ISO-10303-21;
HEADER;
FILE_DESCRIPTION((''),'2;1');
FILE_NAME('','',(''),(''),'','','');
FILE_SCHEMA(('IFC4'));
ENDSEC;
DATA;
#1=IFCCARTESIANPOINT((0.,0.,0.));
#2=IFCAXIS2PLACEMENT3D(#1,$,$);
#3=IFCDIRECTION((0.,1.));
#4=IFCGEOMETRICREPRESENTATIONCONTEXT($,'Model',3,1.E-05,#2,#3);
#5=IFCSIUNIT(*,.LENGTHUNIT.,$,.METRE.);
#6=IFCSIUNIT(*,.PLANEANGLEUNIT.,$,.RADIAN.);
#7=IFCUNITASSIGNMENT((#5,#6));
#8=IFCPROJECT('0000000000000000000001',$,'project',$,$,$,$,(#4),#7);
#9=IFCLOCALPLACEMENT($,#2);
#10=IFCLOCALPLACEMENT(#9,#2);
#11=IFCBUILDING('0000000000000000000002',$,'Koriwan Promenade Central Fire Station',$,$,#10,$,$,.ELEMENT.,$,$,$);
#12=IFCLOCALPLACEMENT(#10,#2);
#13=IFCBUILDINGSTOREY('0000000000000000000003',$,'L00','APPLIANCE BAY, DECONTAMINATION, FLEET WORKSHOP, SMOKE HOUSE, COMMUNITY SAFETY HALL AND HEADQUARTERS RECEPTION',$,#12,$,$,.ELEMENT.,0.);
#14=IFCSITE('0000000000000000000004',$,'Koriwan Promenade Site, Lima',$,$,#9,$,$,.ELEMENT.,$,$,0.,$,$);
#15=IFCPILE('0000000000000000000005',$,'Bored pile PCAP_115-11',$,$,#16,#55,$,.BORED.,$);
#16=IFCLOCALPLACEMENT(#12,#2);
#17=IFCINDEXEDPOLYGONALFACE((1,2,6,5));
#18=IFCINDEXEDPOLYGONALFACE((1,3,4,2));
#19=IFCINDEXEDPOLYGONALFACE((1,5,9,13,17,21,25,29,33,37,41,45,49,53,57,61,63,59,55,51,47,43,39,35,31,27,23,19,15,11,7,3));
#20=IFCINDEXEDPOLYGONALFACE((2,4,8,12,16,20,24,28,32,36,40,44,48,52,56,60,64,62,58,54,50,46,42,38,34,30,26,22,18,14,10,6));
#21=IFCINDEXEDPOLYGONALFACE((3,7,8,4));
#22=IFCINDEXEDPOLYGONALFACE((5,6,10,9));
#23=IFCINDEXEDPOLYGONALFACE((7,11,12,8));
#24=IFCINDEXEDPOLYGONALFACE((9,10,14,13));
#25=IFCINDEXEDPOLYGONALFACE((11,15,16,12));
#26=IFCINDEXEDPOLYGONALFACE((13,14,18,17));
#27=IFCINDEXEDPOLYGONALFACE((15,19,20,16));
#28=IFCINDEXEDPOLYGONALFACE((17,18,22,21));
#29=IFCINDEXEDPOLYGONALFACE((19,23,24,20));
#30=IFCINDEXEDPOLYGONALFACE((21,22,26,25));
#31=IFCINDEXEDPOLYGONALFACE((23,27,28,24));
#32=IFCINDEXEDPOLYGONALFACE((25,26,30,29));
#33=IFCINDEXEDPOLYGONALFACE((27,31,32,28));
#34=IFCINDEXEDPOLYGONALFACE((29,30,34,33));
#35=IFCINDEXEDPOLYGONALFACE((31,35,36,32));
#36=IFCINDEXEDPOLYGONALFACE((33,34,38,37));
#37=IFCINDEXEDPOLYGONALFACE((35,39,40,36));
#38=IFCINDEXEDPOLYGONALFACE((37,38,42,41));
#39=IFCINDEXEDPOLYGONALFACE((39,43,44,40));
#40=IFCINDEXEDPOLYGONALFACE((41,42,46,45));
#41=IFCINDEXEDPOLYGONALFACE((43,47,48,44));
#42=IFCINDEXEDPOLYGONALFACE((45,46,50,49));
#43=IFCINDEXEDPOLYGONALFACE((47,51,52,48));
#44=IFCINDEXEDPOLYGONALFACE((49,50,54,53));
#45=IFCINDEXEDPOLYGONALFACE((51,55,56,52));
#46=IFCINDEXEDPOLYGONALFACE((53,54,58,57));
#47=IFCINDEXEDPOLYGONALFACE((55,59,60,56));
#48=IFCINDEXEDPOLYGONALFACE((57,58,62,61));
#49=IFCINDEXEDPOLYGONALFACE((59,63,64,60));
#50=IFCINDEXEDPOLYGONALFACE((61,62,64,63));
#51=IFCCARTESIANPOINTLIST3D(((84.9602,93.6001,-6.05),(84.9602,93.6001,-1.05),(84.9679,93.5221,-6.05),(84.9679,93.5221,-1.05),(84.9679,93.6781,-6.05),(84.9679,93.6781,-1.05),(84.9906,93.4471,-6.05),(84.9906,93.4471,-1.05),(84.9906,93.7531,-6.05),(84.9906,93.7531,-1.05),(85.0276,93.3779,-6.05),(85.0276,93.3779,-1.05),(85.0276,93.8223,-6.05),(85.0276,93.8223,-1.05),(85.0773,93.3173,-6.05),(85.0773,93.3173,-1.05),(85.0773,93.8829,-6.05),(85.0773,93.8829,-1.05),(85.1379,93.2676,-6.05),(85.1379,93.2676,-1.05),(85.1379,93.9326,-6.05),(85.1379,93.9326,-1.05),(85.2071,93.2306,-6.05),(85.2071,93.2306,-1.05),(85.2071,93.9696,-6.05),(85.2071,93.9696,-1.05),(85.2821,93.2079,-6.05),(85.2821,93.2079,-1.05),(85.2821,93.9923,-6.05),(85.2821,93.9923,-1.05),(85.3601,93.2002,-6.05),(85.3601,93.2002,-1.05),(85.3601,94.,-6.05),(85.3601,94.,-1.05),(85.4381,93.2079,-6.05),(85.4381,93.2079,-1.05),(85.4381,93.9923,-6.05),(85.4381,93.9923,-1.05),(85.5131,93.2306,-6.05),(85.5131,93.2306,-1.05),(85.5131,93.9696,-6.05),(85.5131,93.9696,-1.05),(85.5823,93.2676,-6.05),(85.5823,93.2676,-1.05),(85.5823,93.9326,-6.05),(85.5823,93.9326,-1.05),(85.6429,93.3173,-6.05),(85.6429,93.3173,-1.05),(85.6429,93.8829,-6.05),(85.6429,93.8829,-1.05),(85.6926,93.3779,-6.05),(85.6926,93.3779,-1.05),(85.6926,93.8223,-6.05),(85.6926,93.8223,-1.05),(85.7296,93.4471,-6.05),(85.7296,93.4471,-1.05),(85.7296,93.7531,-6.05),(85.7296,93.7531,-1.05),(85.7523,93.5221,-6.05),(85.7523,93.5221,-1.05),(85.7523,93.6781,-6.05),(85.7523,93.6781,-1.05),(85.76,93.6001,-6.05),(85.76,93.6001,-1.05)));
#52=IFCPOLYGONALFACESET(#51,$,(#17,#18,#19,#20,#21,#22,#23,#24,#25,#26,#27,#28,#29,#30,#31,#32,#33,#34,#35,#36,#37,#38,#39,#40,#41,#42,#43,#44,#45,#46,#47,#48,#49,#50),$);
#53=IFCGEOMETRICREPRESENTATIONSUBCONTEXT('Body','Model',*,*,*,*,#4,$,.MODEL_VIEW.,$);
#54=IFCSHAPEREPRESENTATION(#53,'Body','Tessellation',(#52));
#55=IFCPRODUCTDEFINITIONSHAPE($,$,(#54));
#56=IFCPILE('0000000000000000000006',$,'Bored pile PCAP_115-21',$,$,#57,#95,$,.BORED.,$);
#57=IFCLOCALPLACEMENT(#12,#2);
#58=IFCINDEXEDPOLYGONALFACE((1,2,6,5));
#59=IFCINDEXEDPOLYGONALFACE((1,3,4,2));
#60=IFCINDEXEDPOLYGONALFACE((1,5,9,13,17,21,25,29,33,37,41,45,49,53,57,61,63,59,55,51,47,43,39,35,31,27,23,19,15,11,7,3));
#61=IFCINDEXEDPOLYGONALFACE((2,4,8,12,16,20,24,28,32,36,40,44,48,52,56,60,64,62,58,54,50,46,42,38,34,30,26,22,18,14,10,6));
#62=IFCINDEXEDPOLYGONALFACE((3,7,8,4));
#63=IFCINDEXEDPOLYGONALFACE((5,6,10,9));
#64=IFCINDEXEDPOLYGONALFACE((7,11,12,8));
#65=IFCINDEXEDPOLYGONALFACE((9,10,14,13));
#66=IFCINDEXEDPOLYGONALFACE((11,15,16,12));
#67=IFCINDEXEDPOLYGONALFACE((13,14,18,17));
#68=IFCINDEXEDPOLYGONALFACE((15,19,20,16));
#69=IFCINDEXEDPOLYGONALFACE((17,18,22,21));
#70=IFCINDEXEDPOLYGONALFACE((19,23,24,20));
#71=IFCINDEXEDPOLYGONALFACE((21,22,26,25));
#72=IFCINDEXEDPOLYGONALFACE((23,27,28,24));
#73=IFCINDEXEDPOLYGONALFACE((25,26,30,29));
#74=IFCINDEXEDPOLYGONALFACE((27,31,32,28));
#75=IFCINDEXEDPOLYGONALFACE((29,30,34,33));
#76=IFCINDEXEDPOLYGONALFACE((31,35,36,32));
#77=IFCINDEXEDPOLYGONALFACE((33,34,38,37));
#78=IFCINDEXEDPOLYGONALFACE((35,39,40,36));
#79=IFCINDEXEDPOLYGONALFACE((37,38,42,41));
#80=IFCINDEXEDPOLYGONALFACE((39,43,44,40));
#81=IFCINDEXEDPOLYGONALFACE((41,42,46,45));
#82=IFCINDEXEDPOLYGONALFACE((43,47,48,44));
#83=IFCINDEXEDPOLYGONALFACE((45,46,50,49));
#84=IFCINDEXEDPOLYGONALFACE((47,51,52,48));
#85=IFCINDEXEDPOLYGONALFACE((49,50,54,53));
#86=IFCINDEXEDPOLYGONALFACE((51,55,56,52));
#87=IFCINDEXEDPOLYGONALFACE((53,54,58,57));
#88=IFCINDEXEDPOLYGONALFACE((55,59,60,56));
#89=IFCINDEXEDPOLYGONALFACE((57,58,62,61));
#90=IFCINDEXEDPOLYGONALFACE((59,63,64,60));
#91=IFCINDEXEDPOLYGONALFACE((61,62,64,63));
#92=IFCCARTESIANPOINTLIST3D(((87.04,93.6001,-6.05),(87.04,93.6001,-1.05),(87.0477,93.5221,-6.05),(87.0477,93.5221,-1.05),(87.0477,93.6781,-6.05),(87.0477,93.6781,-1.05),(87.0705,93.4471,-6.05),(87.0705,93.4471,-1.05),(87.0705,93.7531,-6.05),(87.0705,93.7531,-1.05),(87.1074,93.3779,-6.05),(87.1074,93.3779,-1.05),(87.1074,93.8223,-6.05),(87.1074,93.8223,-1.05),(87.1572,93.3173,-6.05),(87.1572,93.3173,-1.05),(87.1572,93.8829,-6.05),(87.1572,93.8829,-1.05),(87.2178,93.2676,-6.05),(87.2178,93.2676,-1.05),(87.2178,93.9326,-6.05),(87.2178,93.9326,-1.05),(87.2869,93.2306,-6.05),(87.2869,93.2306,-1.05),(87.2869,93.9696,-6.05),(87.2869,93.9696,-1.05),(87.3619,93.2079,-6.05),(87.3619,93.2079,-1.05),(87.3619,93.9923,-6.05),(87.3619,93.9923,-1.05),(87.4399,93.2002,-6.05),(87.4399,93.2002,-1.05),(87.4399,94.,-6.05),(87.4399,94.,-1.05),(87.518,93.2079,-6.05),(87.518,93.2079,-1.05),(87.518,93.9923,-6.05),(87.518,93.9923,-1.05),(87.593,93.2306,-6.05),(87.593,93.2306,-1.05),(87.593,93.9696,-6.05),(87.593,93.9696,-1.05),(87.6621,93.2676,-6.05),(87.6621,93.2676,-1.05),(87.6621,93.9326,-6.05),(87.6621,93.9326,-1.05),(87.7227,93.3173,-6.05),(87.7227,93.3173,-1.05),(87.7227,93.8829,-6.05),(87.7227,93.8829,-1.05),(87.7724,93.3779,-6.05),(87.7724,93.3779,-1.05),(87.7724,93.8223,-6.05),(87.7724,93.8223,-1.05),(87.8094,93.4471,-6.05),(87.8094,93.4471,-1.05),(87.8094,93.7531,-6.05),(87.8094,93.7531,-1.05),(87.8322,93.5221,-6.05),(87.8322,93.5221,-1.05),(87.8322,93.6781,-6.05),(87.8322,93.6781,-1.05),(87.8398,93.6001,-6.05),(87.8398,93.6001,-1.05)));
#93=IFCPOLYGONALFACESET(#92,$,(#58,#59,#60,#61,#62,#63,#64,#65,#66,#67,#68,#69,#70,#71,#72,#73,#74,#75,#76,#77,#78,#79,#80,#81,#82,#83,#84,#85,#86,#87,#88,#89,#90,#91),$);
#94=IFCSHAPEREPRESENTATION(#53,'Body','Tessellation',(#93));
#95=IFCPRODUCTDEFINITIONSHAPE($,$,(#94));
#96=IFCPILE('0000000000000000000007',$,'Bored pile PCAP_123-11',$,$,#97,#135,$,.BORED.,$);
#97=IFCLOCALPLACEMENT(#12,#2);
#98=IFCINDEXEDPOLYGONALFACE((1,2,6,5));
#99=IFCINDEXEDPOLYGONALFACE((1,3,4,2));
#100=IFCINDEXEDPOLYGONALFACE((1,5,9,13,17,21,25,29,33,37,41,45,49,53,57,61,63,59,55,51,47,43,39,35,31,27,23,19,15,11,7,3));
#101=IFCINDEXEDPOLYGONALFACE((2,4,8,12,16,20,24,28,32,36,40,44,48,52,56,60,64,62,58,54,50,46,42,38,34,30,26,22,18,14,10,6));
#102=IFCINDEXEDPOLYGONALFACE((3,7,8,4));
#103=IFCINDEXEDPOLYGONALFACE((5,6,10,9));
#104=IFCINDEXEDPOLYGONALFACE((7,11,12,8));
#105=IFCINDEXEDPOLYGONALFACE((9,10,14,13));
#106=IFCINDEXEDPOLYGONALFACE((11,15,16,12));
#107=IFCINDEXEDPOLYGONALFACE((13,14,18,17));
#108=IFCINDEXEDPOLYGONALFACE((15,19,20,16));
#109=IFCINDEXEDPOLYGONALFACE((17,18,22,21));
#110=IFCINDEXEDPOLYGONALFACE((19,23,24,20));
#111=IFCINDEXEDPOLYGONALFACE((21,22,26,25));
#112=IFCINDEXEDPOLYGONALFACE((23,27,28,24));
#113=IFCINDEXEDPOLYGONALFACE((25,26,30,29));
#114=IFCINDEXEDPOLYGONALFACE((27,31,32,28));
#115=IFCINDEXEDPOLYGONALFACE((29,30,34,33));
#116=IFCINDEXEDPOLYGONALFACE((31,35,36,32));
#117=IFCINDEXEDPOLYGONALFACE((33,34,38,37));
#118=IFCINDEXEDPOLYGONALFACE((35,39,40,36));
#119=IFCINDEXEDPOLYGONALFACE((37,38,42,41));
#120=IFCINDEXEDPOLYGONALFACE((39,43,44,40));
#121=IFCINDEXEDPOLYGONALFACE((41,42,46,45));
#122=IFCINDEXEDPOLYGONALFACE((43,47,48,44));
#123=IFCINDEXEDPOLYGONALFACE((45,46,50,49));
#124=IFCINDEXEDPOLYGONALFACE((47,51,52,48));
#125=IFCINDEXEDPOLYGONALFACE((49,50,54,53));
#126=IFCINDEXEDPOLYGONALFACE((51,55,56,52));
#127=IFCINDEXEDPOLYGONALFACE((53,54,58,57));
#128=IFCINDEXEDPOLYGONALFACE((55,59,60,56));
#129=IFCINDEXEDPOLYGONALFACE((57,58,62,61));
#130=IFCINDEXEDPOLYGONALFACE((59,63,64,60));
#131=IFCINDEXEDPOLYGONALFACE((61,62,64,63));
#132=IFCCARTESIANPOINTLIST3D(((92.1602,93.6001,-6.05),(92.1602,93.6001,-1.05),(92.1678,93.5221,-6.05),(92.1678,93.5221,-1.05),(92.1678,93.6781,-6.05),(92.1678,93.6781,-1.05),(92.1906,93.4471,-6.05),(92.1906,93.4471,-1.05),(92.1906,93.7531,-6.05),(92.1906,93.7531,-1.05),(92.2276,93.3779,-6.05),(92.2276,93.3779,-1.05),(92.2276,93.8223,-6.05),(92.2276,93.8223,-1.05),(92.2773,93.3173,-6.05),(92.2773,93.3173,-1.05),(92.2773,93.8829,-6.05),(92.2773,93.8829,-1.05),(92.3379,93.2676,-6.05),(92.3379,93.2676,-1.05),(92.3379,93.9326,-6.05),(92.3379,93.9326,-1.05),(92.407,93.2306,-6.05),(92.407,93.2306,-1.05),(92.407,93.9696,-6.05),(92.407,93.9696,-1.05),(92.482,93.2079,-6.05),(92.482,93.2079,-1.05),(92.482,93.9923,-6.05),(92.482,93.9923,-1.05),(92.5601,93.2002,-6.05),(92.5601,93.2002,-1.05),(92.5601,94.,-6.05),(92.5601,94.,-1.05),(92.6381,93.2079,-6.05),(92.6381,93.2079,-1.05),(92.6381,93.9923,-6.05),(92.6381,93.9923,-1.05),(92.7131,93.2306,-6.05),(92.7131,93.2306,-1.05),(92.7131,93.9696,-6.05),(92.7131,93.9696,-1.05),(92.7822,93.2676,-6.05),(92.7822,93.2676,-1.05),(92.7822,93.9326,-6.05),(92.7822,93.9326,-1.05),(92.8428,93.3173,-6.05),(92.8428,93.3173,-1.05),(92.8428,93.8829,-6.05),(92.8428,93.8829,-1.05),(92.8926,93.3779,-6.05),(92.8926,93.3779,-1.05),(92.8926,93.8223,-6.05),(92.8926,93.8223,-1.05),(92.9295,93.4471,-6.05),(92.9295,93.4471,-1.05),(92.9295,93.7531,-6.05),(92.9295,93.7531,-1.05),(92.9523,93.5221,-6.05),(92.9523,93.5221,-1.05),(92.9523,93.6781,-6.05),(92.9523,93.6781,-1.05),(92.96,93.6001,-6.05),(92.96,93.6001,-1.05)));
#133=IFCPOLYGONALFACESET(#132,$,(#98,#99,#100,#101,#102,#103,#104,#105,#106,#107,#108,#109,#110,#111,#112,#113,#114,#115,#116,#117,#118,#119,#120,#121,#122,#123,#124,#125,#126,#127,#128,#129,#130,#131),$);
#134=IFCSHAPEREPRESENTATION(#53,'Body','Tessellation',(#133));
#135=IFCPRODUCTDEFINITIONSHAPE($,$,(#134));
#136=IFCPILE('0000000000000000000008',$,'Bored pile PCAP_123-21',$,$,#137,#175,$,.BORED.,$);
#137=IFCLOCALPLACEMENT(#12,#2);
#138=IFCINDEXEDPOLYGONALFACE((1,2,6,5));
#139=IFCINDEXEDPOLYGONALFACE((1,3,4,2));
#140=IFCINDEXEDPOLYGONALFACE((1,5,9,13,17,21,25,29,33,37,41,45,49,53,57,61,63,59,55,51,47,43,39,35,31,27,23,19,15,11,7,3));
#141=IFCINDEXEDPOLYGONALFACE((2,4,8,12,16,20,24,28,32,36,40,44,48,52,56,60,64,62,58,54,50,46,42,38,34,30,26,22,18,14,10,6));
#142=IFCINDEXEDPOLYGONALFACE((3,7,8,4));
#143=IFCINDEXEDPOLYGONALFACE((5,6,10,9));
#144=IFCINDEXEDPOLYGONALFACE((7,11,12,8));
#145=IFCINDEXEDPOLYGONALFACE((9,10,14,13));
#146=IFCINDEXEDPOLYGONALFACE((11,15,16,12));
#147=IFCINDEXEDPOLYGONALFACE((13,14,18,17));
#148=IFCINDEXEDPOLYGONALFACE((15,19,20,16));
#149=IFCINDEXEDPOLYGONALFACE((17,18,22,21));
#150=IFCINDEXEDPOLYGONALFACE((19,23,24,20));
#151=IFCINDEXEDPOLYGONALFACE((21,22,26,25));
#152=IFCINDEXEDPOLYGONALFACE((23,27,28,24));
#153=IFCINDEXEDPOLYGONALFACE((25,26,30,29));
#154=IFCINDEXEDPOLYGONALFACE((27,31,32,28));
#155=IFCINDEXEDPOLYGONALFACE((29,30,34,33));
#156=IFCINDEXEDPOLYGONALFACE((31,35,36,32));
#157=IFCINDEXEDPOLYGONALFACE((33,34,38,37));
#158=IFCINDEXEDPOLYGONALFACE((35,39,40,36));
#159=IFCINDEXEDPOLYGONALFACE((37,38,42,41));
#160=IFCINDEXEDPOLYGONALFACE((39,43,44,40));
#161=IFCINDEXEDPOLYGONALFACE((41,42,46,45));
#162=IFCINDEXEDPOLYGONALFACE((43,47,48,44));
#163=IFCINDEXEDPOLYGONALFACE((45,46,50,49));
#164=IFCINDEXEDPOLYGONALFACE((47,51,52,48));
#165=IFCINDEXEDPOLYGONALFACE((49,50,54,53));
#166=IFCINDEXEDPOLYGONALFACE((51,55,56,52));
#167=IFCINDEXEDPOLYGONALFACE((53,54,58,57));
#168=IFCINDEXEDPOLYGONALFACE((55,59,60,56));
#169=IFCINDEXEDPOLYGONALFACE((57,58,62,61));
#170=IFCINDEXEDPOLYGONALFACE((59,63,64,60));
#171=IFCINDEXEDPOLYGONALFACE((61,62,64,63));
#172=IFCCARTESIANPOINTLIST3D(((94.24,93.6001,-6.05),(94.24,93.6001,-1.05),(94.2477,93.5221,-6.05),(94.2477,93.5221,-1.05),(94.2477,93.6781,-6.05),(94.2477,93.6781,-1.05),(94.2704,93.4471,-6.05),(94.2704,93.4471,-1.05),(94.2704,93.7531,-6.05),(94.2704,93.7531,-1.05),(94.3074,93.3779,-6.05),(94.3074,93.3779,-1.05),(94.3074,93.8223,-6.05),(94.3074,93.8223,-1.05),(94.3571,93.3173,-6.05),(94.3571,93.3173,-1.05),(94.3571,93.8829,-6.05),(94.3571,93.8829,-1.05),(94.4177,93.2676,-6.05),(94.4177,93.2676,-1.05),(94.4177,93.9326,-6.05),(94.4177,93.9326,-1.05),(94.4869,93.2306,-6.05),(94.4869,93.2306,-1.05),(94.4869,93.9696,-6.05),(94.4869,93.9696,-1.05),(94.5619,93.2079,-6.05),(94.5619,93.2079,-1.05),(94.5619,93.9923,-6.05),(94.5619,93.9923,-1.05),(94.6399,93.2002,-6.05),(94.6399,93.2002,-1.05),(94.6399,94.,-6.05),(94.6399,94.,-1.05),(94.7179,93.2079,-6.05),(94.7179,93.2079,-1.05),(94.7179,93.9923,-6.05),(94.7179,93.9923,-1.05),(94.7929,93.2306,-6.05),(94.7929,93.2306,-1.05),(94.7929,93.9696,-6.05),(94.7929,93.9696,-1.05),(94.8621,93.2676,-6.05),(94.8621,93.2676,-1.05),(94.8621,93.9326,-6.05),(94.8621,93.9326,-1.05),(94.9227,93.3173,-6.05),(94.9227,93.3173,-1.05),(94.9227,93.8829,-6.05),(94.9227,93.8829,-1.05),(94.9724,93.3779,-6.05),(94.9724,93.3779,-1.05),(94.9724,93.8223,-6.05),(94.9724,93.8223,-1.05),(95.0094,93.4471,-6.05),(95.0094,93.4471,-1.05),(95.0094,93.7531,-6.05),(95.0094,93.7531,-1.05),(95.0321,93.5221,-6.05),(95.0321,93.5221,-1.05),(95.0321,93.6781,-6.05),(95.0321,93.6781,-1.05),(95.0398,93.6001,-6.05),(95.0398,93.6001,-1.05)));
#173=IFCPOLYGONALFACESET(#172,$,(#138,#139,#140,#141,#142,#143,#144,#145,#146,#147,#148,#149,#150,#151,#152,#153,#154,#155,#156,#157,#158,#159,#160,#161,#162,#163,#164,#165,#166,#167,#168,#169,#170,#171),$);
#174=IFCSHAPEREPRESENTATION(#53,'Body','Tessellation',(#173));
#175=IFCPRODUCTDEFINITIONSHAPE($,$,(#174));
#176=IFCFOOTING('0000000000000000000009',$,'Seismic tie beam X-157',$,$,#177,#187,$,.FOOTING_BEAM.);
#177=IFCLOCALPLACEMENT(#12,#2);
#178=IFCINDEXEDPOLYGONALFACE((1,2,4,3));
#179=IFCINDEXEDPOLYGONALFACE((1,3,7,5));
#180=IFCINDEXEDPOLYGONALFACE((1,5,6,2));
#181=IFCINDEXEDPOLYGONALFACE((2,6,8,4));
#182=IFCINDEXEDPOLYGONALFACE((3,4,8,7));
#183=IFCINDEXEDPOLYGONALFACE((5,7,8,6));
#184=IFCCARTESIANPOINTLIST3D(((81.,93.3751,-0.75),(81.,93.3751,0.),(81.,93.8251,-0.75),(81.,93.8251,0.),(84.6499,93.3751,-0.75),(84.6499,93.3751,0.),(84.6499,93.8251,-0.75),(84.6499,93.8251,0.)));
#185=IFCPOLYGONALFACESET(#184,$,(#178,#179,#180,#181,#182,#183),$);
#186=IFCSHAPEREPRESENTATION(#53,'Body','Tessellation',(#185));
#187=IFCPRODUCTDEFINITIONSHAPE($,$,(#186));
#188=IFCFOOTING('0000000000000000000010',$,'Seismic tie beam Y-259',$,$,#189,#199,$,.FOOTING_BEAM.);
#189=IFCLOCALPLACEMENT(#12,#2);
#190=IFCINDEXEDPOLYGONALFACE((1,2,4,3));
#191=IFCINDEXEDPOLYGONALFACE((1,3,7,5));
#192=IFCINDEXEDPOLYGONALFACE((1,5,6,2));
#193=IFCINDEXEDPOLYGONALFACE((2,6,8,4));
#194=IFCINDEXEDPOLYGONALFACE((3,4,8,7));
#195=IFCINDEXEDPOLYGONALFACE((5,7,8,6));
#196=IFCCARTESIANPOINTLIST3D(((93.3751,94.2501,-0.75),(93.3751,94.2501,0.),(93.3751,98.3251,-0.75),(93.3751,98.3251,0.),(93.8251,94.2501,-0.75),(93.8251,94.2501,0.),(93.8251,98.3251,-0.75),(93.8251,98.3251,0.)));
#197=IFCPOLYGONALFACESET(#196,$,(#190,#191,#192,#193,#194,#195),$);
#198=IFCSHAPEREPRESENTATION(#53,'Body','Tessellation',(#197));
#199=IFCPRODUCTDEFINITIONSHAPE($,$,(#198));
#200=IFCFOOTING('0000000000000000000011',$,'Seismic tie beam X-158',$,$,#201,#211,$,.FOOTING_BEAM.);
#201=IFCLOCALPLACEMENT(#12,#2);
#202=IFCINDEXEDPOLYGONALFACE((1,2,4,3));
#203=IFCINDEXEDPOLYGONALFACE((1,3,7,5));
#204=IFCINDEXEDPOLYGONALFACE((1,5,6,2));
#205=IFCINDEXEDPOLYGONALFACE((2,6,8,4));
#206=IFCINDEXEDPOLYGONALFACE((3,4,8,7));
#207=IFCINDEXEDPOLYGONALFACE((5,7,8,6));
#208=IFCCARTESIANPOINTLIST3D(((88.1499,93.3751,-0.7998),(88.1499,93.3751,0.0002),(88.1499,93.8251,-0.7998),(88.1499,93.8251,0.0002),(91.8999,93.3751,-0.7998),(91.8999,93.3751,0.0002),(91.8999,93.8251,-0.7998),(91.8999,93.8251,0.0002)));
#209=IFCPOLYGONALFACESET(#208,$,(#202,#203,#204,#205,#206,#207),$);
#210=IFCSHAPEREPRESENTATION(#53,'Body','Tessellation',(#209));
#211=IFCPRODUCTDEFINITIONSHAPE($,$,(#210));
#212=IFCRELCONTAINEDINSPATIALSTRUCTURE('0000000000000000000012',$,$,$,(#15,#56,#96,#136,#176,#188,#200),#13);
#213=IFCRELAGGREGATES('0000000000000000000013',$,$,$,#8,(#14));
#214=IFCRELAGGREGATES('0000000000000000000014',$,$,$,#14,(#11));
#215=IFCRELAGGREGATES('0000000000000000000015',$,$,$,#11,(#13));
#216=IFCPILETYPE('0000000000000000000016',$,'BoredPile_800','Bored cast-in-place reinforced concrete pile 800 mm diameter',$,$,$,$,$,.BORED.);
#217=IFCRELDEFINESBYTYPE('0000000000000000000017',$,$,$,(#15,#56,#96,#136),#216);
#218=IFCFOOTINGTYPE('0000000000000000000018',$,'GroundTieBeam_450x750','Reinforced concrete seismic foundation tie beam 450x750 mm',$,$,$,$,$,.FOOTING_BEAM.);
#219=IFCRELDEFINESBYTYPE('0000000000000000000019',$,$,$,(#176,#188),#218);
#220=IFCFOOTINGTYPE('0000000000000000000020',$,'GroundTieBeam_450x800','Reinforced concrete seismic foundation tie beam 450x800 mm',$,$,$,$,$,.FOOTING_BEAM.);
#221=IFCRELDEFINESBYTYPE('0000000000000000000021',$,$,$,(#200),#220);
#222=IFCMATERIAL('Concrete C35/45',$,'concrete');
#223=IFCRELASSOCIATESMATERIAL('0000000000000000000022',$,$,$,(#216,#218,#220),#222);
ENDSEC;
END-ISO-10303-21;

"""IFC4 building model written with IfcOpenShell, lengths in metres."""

from ifc_helpers import new_model, si_unit, direction, frame, origin, origin_2d, place, context, subcontext, project, spatial, rectangle, circle, extrude, material, material_profile, profile_set, type_object, element, save


model = new_model("IFC4")

# Units and contexts
model_context = context("Model", 3, precision=1e-05, world=origin(), true_north=direction((0.0, 1.0)))
body_context = subcontext(model_context, "Body", "Model", "MODEL_VIEW")
ifc_project = project(units=[si_unit("LENGTHUNIT", "METRE"), si_unit("PLANEANGLEUNIT", "RADIAN")], contexts=[model_context])

# Site, building, storey
site_placement = place(None, origin())
site = spatial("IfcSite", under=ifc_project, at=site_placement, Name="Koriwan Promenade Site, Lima", CompositionType="ELEMENT", RefElevation=0.0)
building_placement = place(site_placement, origin())
building = spatial("IfcBuilding", under=site, at=building_placement, Name="Koriwan Promenade Central Fire Station", CompositionType="ELEMENT")
storey_placement = place(building_placement, origin())
storey = spatial("IfcBuildingStorey", under=building, at=storey_placement, Name="L00", Description="APPLIANCE BAY, DECONTAMINATION, FLEET WORKSHOP, SMOKE HOUSE, COMMUNITY SAFETY HALL AND HEADQUARTERS RECEPTION", CompositionType="ELEMENT", Elevation=0.0)

# Piles
ifc_material_1 = material(Name="Concrete C35/45", Category="concrete")
ifc_material_profile_1 = material_profile(ifc_material_1, circle(Radius=0.3999, at=origin_2d()), Name="PILE-D800")
ifc_profile_set_1 = profile_set([ifc_material_profile_1], Name="Concrete C35/45")
pile_type_1 = type_object("IfcPileType", Name="BoredPile_800", Description="Bored cast-in-place reinforced concrete pile 800 mm diameter", PredefinedType="BORED", material=ifc_profile_set_1)
for number, where, z_axis, x_axis, name in (
    (1, (85.3601, 93.6001, -1.05), (0.0, 0.0, -1.0), (1.0, 0.0, 0.0), "Bored pile PCAP_115-11"),
    (2, (87.4399, 93.6001, -1.05), (0.0, 0.0, -1.0), (1.0, 0.0, 0.0), "Bored pile PCAP_115-21"),
    (3, (92.5601, 93.6001, -1.05), (0.0, 0.0, -1.0), (1.0, 0.0, 0.0), "Bored pile PCAP_123-11"),
    (4, (94.6399, 93.6001, -1.05), (0.0, 0.0, -1.0), (1.0, 0.0, 0.0), "Bored pile PCAP_123-21"),
):
    element("IfcPile", number, at=place(storey_placement, frame(where, z_axis=z_axis, x_axis=x_axis)), inside=storey, type_object=pile_type_1, Name=name, PredefinedType="BORED", context=body_context, shape_type="SweptSolid", body=[
        extrude(circle(Radius=0.3999, at=origin_2d()), origin(), (0.0, 0.0, 1.0), 5.0),
    ])

# Footings
footing_type_1 = type_object("IfcFootingType", Name="GroundTieBeam_450x750", Description="Reinforced concrete seismic foundation tie beam 450x750 mm", PredefinedType="FOOTING_BEAM", material=ifc_material_1)
footing_1_placement = place(storey_placement, frame((82.825, 93.6001, -0.75), z_axis=(0.0, 0.0, 1.0), x_axis=(1.0, 0.0, 0.0)))
element("IfcFooting", 5, at=footing_1_placement, inside=storey, type_object=footing_type_1, Name="Seismic tie beam X-157", PredefinedType="FOOTING_BEAM", context=body_context, shape_type="SweptSolid", body=[
    extrude(rectangle(XDim=3.6499, YDim=0.45, at=origin_2d()), origin(), (0.0, 0.0, 1.0), 0.75),
])
footing_2_placement = place(storey_placement, frame((93.6001, 96.2876, -0.75), z_axis=(0.0, 0.0, 1.0), x_axis=(0.0, 1.0, 0.0)))
element("IfcFooting", 6, at=footing_2_placement, inside=storey, type_object=footing_type_1, Name="Seismic tie beam Y-259", PredefinedType="FOOTING_BEAM", context=body_context, shape_type="SweptSolid", body=[
    extrude(rectangle(XDim=4.075, YDim=0.45, at=origin_2d()), origin(), (0.0, 0.0, 1.0), 0.75),
])
footing_type_2 = type_object("IfcFootingType", Name="GroundTieBeam_450x800", Description="Reinforced concrete seismic foundation tie beam 450x800 mm", PredefinedType="FOOTING_BEAM", material=ifc_material_1)
footing_3_placement = place(storey_placement, frame((90.0249, 93.6001, -0.7998), z_axis=(0.0, 0.0, 1.0), x_axis=(1.0, 0.0, 0.0)))
element("IfcFooting", 7, at=footing_3_placement, inside=storey, type_object=footing_type_2, Name="Seismic tie beam X-158", PredefinedType="FOOTING_BEAM", context=body_context, shape_type="SweptSolid", body=[
    extrude(rectangle(XDim=3.75, YDim=0.45, at=origin_2d()), origin(), (0.0, 0.0, 1.0), 0.8),
])

save(model, "model.ifc")
